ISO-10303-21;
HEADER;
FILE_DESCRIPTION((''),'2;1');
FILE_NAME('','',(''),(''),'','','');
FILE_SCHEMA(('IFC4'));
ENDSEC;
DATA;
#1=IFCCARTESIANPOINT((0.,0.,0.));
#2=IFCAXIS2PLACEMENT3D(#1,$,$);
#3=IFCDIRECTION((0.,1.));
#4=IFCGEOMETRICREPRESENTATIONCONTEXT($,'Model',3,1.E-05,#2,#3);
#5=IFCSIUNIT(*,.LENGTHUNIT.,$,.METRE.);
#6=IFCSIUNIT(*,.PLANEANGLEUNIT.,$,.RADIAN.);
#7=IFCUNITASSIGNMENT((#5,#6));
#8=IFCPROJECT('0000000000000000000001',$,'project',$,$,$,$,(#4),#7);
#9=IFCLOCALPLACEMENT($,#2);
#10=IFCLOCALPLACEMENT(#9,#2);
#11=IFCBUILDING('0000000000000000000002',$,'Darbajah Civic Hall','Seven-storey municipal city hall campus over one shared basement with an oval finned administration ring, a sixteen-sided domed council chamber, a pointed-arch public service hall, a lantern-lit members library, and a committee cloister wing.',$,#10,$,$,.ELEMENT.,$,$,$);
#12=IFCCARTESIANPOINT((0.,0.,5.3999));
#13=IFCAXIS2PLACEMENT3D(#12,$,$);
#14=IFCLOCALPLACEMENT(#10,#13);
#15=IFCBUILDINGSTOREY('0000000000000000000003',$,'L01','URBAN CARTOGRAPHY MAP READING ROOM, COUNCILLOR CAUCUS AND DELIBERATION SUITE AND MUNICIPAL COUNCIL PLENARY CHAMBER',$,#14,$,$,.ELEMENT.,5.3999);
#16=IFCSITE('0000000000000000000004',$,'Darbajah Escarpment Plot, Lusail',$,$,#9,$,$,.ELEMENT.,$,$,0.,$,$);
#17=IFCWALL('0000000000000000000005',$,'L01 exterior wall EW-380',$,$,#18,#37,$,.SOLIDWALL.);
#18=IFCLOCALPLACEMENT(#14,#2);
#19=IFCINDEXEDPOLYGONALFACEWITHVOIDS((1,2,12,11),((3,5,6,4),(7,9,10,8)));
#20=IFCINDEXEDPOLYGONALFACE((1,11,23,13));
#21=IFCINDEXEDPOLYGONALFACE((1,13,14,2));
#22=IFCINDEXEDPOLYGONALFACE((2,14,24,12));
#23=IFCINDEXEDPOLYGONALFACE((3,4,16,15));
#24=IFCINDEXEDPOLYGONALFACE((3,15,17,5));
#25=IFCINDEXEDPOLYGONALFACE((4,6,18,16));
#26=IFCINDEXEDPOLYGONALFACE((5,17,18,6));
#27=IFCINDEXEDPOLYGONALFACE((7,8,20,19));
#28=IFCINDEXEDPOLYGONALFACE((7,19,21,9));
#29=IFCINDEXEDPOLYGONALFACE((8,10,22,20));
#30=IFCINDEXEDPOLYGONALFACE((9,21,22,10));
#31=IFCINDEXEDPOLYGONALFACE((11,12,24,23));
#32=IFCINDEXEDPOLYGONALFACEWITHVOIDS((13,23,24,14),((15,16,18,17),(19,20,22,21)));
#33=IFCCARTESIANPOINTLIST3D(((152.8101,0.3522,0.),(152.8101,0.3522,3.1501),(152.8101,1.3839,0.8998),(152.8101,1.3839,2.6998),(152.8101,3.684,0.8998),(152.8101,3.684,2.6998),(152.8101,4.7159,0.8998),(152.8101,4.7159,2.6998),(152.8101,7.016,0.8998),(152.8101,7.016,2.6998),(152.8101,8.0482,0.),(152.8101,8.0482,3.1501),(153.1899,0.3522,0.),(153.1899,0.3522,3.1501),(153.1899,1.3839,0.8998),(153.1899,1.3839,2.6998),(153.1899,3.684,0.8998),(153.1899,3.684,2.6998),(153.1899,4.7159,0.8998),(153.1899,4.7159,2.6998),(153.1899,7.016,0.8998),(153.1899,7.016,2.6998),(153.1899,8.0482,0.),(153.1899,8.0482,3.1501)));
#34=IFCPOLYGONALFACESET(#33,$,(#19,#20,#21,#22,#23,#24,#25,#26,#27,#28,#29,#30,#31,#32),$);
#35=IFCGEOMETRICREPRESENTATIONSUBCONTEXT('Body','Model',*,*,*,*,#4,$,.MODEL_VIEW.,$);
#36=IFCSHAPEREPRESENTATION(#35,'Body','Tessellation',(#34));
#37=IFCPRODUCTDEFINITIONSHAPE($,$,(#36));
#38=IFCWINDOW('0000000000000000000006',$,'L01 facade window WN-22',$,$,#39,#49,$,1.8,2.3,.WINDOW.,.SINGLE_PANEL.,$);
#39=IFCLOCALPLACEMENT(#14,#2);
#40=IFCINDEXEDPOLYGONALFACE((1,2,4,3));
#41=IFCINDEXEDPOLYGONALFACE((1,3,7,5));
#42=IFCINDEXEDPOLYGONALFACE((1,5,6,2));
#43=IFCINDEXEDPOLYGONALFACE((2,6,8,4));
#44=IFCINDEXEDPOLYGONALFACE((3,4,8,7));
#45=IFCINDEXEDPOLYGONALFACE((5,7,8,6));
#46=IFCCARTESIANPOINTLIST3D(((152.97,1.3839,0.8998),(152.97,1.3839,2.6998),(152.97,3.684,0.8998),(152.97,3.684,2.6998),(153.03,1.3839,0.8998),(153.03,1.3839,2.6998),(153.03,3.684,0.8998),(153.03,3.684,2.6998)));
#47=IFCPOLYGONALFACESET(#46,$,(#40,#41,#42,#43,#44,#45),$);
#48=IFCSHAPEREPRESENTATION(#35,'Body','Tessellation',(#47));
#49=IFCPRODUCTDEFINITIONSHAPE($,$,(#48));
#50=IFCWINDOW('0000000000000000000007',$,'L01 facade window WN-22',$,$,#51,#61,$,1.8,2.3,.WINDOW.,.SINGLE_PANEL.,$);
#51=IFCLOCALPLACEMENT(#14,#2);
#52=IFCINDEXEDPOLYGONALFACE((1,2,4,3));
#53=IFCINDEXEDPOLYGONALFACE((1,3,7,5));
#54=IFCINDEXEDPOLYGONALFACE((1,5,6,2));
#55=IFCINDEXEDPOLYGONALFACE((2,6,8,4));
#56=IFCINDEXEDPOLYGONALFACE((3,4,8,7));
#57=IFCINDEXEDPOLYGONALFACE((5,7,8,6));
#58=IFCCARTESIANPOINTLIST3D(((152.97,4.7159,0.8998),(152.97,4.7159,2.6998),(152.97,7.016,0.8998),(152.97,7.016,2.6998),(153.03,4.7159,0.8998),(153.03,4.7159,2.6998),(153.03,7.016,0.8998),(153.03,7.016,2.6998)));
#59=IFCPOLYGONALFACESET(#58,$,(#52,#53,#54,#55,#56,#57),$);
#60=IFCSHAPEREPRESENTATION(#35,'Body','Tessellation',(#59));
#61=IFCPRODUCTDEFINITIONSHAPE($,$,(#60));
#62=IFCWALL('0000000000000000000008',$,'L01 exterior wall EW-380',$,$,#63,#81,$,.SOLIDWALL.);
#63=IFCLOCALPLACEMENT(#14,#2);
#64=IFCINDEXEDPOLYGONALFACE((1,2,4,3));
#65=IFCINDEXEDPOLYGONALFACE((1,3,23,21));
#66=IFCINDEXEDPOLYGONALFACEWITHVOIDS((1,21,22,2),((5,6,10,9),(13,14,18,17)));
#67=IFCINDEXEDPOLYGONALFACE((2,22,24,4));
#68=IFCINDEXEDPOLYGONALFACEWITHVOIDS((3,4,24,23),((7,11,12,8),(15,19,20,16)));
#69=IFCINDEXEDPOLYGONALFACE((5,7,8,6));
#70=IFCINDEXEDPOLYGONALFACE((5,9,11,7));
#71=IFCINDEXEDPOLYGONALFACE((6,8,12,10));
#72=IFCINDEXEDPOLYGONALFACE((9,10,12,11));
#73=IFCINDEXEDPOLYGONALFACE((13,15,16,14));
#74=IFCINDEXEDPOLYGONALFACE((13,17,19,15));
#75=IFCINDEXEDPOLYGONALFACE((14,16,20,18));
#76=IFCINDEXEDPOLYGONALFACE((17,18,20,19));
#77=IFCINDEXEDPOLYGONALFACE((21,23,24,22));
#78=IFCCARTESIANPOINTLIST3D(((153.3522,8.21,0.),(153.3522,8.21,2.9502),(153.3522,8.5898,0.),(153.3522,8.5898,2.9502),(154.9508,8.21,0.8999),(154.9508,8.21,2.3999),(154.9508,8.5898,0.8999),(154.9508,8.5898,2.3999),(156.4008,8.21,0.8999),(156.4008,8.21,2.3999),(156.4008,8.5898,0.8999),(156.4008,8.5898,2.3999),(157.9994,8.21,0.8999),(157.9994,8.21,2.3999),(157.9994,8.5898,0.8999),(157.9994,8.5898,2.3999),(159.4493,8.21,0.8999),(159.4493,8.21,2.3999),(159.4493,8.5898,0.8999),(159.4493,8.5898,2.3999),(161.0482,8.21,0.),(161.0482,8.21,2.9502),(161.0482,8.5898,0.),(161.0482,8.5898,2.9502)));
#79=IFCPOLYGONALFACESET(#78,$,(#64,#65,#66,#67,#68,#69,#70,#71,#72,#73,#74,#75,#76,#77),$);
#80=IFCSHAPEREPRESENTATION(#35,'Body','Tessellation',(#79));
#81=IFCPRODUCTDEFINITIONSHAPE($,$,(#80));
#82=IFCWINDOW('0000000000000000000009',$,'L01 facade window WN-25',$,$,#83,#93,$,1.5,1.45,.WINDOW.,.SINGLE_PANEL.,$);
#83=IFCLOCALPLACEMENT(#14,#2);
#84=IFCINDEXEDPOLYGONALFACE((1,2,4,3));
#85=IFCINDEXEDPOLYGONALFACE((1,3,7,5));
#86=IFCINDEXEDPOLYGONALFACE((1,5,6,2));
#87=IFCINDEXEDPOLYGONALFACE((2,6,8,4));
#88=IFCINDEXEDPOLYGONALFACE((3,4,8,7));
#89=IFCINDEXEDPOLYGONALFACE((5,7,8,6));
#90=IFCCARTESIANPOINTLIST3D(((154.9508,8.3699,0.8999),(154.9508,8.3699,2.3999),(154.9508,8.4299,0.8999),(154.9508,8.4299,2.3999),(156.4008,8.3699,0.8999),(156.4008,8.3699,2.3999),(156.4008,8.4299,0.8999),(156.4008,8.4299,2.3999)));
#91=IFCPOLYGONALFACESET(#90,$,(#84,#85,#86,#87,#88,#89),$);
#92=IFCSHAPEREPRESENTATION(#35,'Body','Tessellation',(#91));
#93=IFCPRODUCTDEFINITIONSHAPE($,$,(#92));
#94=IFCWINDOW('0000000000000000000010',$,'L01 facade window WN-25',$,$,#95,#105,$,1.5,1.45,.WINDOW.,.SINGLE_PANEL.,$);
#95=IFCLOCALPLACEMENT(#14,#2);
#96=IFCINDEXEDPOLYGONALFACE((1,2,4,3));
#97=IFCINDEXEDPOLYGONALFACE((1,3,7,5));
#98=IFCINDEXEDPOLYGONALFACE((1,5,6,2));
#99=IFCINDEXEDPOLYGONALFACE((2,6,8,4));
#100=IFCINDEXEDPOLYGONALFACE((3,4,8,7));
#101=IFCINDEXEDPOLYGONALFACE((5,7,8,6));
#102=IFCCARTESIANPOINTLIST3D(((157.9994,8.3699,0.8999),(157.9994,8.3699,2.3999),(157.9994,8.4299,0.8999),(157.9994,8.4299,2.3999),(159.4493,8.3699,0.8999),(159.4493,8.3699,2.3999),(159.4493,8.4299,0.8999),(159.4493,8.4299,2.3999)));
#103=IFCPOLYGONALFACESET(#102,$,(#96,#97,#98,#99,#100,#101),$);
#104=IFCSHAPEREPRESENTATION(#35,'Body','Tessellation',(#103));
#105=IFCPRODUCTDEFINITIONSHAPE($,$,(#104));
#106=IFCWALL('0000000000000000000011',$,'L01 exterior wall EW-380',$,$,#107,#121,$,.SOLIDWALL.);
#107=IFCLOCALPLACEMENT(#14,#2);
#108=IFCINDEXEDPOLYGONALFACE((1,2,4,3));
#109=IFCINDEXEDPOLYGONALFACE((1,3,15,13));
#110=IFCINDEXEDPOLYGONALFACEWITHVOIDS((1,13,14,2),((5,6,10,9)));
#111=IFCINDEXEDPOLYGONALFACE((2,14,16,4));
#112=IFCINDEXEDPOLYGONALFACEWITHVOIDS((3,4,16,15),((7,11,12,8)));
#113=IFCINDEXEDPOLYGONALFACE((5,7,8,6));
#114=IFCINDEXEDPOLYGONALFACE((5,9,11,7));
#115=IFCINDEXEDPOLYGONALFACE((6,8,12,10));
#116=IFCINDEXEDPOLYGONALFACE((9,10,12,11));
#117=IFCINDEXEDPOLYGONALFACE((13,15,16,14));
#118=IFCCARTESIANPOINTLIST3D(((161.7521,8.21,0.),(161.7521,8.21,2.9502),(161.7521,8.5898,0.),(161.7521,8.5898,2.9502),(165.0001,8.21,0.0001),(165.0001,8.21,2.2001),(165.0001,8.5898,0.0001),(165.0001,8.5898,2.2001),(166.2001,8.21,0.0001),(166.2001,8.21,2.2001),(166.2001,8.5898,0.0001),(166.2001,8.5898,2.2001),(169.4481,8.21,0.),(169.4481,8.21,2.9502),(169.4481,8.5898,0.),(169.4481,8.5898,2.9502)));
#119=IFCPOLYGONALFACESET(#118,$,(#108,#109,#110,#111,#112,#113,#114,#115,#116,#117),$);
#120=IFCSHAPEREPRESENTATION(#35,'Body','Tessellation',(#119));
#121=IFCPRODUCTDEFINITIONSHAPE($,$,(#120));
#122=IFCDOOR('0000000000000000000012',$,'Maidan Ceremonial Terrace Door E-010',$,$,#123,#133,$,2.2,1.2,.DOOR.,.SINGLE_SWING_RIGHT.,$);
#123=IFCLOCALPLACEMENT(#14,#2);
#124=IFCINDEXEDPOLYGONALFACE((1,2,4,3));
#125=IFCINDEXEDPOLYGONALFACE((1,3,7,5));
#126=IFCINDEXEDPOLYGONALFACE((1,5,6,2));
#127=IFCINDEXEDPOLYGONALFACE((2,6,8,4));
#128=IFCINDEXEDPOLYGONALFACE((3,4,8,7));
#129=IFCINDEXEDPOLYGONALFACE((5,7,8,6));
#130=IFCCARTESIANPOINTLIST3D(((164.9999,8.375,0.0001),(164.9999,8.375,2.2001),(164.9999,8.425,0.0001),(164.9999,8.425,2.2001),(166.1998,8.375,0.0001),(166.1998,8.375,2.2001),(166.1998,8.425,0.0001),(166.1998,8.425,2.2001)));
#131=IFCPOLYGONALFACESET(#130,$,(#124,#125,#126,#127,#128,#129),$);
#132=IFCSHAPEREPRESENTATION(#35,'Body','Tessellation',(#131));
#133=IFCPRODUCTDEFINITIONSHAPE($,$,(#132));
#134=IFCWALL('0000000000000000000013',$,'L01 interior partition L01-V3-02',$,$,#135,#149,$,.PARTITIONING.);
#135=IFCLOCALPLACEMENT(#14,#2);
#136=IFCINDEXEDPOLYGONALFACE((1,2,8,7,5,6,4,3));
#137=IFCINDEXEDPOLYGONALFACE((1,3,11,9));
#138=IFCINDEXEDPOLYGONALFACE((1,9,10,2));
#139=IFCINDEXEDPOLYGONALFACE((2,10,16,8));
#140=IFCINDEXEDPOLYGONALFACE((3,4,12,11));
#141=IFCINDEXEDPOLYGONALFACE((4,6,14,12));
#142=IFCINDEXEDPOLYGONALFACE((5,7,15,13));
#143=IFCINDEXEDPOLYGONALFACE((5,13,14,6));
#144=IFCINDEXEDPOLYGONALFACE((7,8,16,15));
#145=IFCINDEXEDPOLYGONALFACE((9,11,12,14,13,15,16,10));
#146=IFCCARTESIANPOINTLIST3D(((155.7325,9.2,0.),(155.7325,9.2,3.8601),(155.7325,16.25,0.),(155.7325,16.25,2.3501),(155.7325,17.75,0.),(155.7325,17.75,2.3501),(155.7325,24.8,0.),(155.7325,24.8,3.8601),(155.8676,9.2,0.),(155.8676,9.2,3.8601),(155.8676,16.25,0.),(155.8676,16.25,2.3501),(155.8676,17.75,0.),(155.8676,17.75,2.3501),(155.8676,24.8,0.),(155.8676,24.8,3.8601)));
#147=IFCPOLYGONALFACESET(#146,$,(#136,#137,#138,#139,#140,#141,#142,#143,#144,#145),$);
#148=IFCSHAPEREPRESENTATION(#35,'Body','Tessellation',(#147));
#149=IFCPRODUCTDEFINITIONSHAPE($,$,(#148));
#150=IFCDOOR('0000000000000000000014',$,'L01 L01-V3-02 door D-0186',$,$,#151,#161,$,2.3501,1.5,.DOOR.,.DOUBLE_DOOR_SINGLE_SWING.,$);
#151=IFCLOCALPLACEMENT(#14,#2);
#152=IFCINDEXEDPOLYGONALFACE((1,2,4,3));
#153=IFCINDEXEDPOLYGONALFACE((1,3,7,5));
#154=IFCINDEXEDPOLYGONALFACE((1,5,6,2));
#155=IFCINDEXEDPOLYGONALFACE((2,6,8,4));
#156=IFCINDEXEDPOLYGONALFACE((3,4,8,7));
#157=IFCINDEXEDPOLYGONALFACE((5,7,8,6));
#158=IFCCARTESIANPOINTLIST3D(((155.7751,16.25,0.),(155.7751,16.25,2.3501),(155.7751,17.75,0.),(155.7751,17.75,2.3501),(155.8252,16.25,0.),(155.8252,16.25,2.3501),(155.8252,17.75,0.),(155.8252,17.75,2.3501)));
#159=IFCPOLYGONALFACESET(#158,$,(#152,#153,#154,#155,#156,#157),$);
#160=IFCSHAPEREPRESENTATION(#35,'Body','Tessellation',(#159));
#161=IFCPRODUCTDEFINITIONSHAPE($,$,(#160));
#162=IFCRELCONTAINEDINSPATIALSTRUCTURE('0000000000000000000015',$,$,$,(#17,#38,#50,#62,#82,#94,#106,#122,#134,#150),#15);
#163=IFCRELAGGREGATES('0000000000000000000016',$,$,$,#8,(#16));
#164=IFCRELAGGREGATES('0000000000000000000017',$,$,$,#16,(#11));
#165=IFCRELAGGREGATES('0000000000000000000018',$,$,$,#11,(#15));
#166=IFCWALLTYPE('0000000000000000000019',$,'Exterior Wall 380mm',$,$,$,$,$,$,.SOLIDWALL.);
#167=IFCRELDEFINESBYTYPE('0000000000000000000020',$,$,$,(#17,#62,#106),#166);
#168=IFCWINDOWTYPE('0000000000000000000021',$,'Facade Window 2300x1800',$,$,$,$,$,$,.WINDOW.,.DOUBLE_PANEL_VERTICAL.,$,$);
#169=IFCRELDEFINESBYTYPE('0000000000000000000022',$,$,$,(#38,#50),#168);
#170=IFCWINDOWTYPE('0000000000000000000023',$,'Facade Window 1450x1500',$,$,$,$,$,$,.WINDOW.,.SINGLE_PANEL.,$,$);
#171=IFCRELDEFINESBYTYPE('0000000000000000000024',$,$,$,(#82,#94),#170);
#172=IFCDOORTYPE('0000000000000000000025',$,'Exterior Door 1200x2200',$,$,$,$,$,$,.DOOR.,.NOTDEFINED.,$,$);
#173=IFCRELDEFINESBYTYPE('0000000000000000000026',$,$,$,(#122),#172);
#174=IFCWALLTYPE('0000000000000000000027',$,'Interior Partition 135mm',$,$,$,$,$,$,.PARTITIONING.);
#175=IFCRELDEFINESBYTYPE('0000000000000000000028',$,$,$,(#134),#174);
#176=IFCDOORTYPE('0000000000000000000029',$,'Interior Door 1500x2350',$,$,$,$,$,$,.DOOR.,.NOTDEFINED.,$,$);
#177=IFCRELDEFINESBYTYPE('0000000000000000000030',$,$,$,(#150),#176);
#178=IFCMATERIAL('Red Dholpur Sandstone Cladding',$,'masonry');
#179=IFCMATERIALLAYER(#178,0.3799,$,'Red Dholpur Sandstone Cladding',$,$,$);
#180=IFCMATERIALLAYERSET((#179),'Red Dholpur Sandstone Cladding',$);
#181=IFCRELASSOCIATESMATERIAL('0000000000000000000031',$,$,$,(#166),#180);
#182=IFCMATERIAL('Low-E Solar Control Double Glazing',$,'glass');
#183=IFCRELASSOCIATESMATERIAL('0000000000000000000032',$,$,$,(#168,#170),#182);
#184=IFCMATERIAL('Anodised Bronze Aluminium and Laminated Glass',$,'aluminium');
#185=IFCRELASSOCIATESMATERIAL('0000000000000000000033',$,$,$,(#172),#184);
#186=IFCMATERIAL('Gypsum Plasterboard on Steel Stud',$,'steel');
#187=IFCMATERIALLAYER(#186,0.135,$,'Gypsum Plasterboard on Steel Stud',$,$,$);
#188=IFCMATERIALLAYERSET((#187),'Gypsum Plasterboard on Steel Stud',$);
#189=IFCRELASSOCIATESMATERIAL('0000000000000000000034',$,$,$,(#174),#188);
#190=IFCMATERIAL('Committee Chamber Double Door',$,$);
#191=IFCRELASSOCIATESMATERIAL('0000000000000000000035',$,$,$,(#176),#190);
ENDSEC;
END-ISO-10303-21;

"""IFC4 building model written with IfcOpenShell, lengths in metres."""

from ifc_helpers import new_model, si_unit, direction, frame, frame_2d, origin, place, context, subcontext, project, spatial, rectangle, extrude, material, layer, layer_set, type_object, element, fill, save


model = new_model("IFC4")

# Units and contexts
model_context = context("Model", 3, precision=1e-05, world=origin(), true_north=direction((0.0, 1.0)))
body_context = subcontext(model_context, "Body", "Model", "MODEL_VIEW")
ifc_project = project(units=[si_unit("LENGTHUNIT", "METRE"), si_unit("PLANEANGLEUNIT", "RADIAN")], contexts=[model_context])

# Site, building, storey
site_placement = place(None, origin())
site = spatial("IfcSite", under=ifc_project, at=site_placement, Name="Darbajah Escarpment Plot, Lusail", CompositionType="ELEMENT", RefElevation=0.0)
building_placement = place(site_placement, origin())
building = spatial("IfcBuilding", under=site, at=building_placement, Name="Darbajah Civic Hall", Description="Seven-storey municipal city hall campus over one shared basement with an oval finned administration ring, a sixteen-sided domed council chamber, a pointed-arch public service hall, a lantern-lit members library, and a committee cloister wing.", CompositionType="ELEMENT")
storey_placement = place(building_placement, frame((0.0, 0.0, 5.3999)))
storey = spatial("IfcBuildingStorey", under=building, at=storey_placement, Name="L01", Description="URBAN CARTOGRAPHY MAP READING ROOM, COUNCILLOR CAUCUS AND DELIBERATION SUITE AND MUNICIPAL COUNCIL PLENARY CHAMBER", CompositionType="ELEMENT", Elevation=5.3999)

# Walls, openings, windows
ifc_material_1 = material(Name="Red Dholpur Sandstone Cladding", Category="masonry")
ifc_layer_1 = layer(ifc_material_1, 0.3799, Name="Red Dholpur Sandstone Cladding")
ifc_layer_set_1 = layer_set([ifc_layer_1], Name="Red Dholpur Sandstone Cladding")
wall_type_1 = type_object("IfcWallType", Name="Exterior Wall 380mm", PredefinedType="SOLIDWALL", material=ifc_layer_set_1)
wall_1_placement = place(storey_placement, frame((153.0, 0.3521, 0.0), z_axis=(0.0, 0.0, 1.0), x_axis=(0.0, 1.0, 0.0)))
wall_1 = element("IfcWall", 1, at=wall_1_placement, inside=storey, type_object=wall_type_1, Name="L01 exterior wall EW-380", PredefinedType="SOLIDWALL", context=body_context, shape_type="SweptSolid", body=[
    extrude(rectangle(XDim=7.696, YDim=0.3799, at=frame_2d((3.8481, 0.0))), origin(), (0.0, 0.0, 1.0), 3.1501),
])
opening_1_placement = place(wall_1_placement, frame((1.032, 0.0, 0.8999)))
opening_1 = element("IfcOpeningElement", 2, at=opening_1_placement, cuts=wall_1, PredefinedType="OPENING", context=body_context, shape_type="SweptSolid", body=[
    extrude(rectangle(XDim=2.3, YDim=1.8, at=frame_2d((1.1499, 0.8999))), frame((0.0, 0.2, 0.0), z_axis=(0.0, -1.0, 0.0), x_axis=(1.0, 0.0, 0.0)), (0.0, 0.0, 1.0), 0.3999),
])
opening_2_placement = place(wall_1_placement, frame((4.364, 0.0, 0.8999)))
opening_2 = element("IfcOpeningElement", 3, at=opening_2_placement, cuts=wall_1, PredefinedType="OPENING", context=body_context, shape_type="SweptSolid", body=[
    extrude(rectangle(XDim=2.3, YDim=1.8, at=frame_2d((1.1499, 0.8999))), frame((0.0, 0.2, 0.0), z_axis=(0.0, -1.0, 0.0), x_axis=(1.0, 0.0, 0.0)), (0.0, 0.0, 1.0), 0.3999),
])
ifc_material_2 = material(Name="Low-E Solar Control Double Glazing", Category="glass")
window_type_1 = type_object("IfcWindowType", Name="Facade Window 2300x1800", PartitioningType="DOUBLE_PANEL_VERTICAL", PredefinedType="WINDOW", material=ifc_material_2)
window_1_placement = place(opening_1_placement, origin())
window_1 = element("IfcWindow", 4, at=window_1_placement, inside=storey, type_object=window_type_1, Name="L01 facade window WN-22", OverallHeight=1.8, OverallWidth=2.3, PartitioningType="SINGLE_PANEL", PredefinedType="WINDOW", context=body_context, shape_type="SweptSolid", body=[
    extrude(rectangle(XDim=2.3, YDim=1.8, at=frame_2d((1.1499, 0.8999))), frame((0.0, 0.03, 0.0), z_axis=(0.0, -1.0, 0.0), x_axis=(1.0, 0.0, 0.0)), (0.0, 0.0, 1.0), 0.0601),
])
fill(opening_1, window_1)
window_2_placement = place(opening_2_placement, origin())
window_2 = element("IfcWindow", 5, at=window_2_placement, inside=storey, type_object=window_type_1, Name="L01 facade window WN-22", OverallHeight=1.8, OverallWidth=2.3, PartitioningType="SINGLE_PANEL", PredefinedType="WINDOW", context=body_context, shape_type="SweptSolid", body=[
    extrude(rectangle(XDim=2.3, YDim=1.8, at=frame_2d((1.1499, 0.8999))), frame((0.0, 0.03, 0.0), z_axis=(0.0, -1.0, 0.0), x_axis=(1.0, 0.0, 0.0)), (0.0, 0.0, 1.0), 0.0601),
])
fill(opening_2, window_2)
wall_2_placement = place(storey_placement, frame((153.3521, 8.3999, 0.0), z_axis=(0.0, 0.0, 1.0), x_axis=(1.0, 0.0, 0.0)))
wall_2 = element("IfcWall", 6, at=wall_2_placement, inside=storey, type_object=wall_type_1, Name="L01 exterior wall EW-380", PredefinedType="SOLIDWALL", context=body_context, shape_type="SweptSolid", body=[
    extrude(rectangle(XDim=7.696, YDim=0.3799, at=frame_2d((3.8481, 0.0))), origin(), (0.0, 0.0, 1.0), 2.9502),
])
opening_3_placement = place(wall_2_placement, frame((1.5986, 0.0, 0.8999)))
opening_3 = element("IfcOpeningElement", 7, at=opening_3_placement, cuts=wall_2, PredefinedType="OPENING", context=body_context, shape_type="SweptSolid", body=[
    extrude(rectangle(XDim=1.45, YDim=1.5, at=frame_2d((0.7251, 0.75))), frame((0.0, 0.2, 0.0), z_axis=(0.0, -1.0, 0.0), x_axis=(1.0, 0.0, 0.0)), (0.0, 0.0, 1.0), 0.3999),
])
opening_4_placement = place(wall_2_placement, frame((4.6472, 0.0, 0.8999)))
opening_4 = element("IfcOpeningElement", 8, at=opening_4_placement, cuts=wall_2, PredefinedType="OPENING", context=body_context, shape_type="SweptSolid", body=[
    extrude(rectangle(XDim=1.45, YDim=1.5, at=frame_2d((0.7251, 0.75))), frame((0.0, 0.2, 0.0), z_axis=(0.0, -1.0, 0.0), x_axis=(1.0, 0.0, 0.0)), (0.0, 0.0, 1.0), 0.3999),
])
window_type_2 = type_object("IfcWindowType", Name="Facade Window 1450x1500", PartitioningType="SINGLE_PANEL", PredefinedType="WINDOW", material=ifc_material_2)
window_3_placement = place(opening_3_placement, origin())
window_3 = element("IfcWindow", 9, at=window_3_placement, inside=storey, type_object=window_type_2, Name="L01 facade window WN-25", OverallHeight=1.5, OverallWidth=1.45, PartitioningType="SINGLE_PANEL", PredefinedType="WINDOW", context=body_context, shape_type="SweptSolid", body=[
    extrude(rectangle(XDim=1.45, YDim=1.5, at=frame_2d((0.7251, 0.75))), frame((0.0, 0.03, 0.0), z_axis=(0.0, -1.0, 0.0), x_axis=(1.0, 0.0, 0.0)), (0.0, 0.0, 1.0), 0.0601),
])
fill(opening_3, window_3)
window_4_placement = place(opening_4_placement, origin())
window_4 = element("IfcWindow", 10, at=window_4_placement, inside=storey, type_object=window_type_2, Name="L01 facade window WN-25", OverallHeight=1.5, OverallWidth=1.45, PartitioningType="SINGLE_PANEL", PredefinedType="WINDOW", context=body_context, shape_type="SweptSolid", body=[
    extrude(rectangle(XDim=1.45, YDim=1.5, at=frame_2d((0.7251, 0.75))), frame((0.0, 0.03, 0.0), z_axis=(0.0, -1.0, 0.0), x_axis=(1.0, 0.0, 0.0)), (0.0, 0.0, 1.0), 0.0601),
])
fill(opening_4, window_4)

# Walls, openings, doors
wall_3_placement = place(storey_placement, frame((161.752, 8.3999, 0.0), z_axis=(0.0, 0.0, 1.0), x_axis=(1.0, 0.0, 0.0)))
wall_3 = element("IfcWall", 11, at=wall_3_placement, inside=storey, type_object=wall_type_1, Name="L01 exterior wall EW-380", PredefinedType="SOLIDWALL", context=body_context, shape_type="SweptSolid", body=[
    extrude(rectangle(XDim=7.696, YDim=0.3799, at=frame_2d((3.8481, 0.0))), origin(), (0.0, 0.0, 1.0), 2.9502),
])
opening_5_placement = place(wall_3_placement, frame((3.248, 0.0, 0.0)))
opening_5 = element("IfcOpeningElement", 12, at=opening_5_placement, cuts=wall_3, PredefinedType="OPENING", context=body_context, shape_type="SweptSolid", body=[
    extrude(rectangle(XDim=1.2, YDim=2.2, at=frame_2d((0.6001, 1.1001))), frame((0.0, 0.2, 0.0), z_axis=(0.0, -1.0, 0.0), x_axis=(1.0, 0.0, 0.0)), (0.0, 0.0, 1.0), 0.3999),
])
ifc_material_3 = material(Name="Anodised Bronze Aluminium and Laminated Glass", Category="aluminium")
door_type_1 = type_object("IfcDoorType", Name="Exterior Door 1200x2200", OperationType="NOTDEFINED", PredefinedType="DOOR", material=ifc_material_3)
door_1_placement = place(opening_5_placement, frame((1.2, 0.0, 0.0), z_axis=(0.0, 0.0, 1.0), x_axis=(-1.0, 0.0, 0.0)))
door_1 = element("IfcDoor", 13, at=door_1_placement, inside=storey, type_object=door_type_1, Name="Maidan Ceremonial Terrace Door E-010", OperationType="SINGLE_SWING_RIGHT", OverallHeight=2.2, OverallWidth=1.2, PredefinedType="DOOR", context=body_context, shape_type="SweptSolid", body=[
    extrude(rectangle(XDim=1.2, YDim=2.2, at=frame_2d((0.6001, 1.1001))), frame((0.0, 0.0249, 0.0), z_axis=(0.0, -1.0, 0.0), x_axis=(1.0, 0.0, 0.0)), (0.0, 0.0, 1.0), 0.05),
])
fill(opening_5, door_1)
ifc_material_4 = material(Name="Gypsum Plasterboard on Steel Stud", Category="steel")
ifc_layer_2 = layer(ifc_material_4, 0.135, Name="Gypsum Plasterboard on Steel Stud")
ifc_layer_set_2 = layer_set([ifc_layer_2], Name="Gypsum Plasterboard on Steel Stud")
wall_type_2 = type_object("IfcWallType", Name="Interior Partition 135mm", PredefinedType="PARTITIONING", material=ifc_layer_set_2)
wall_4_placement = place(storey_placement, frame((155.8, 9.2, 0.0), z_axis=(0.0, 0.0, 1.0), x_axis=(0.0, 1.0, 0.0)))
wall_4 = element("IfcWall", 14, at=wall_4_placement, inside=storey, type_object=wall_type_2, Name="L01 interior partition L01-V3-02", PredefinedType="PARTITIONING", context=body_context, shape_type="SweptSolid", body=[
    extrude(rectangle(XDim=15.6001, YDim=0.135, at=frame_2d((7.8, 0.0))), origin(), (0.0, 0.0, 1.0), 3.8601),
])
opening_6_placement = place(wall_4_placement, frame((7.05, 0.0, 0.0)))
opening_6 = element("IfcOpeningElement", 15, at=opening_6_placement, cuts=wall_4, PredefinedType="OPENING", context=body_context, shape_type="SweptSolid", body=[
    extrude(rectangle(XDim=1.5, YDim=2.3501, at=frame_2d((0.75, 1.175))), frame((0.0, 0.0774, 0.0), z_axis=(0.0, -1.0, 0.0), x_axis=(1.0, 0.0, 0.0)), (0.0, 0.0, 1.0), 0.155),
])
ifc_material_5 = material(Name="Committee Chamber Double Door")
door_type_2 = type_object("IfcDoorType", Name="Interior Door 1500x2350", OperationType="NOTDEFINED", PredefinedType="DOOR", material=ifc_material_5)
door_2_placement = place(opening_6_placement, origin())
door_2 = element("IfcDoor", 16, at=door_2_placement, inside=storey, type_object=door_type_2, Name="L01 L01-V3-02 door D-0186", OperationType="DOUBLE_DOOR_SINGLE_SWING", OverallHeight=2.3501, OverallWidth=1.5, PredefinedType="DOOR", context=body_context, shape_type="SweptSolid", body=[
    extrude(rectangle(XDim=1.5, YDim=2.3501, at=frame_2d((0.75, 1.175))), frame((0.0, 0.0249, 0.0), z_axis=(0.0, -1.0, 0.0), x_axis=(1.0, 0.0, 0.0)), (0.0, 0.0, 1.0), 0.05),
])
fill(opening_6, door_2)

save(model, "model.ifc")
